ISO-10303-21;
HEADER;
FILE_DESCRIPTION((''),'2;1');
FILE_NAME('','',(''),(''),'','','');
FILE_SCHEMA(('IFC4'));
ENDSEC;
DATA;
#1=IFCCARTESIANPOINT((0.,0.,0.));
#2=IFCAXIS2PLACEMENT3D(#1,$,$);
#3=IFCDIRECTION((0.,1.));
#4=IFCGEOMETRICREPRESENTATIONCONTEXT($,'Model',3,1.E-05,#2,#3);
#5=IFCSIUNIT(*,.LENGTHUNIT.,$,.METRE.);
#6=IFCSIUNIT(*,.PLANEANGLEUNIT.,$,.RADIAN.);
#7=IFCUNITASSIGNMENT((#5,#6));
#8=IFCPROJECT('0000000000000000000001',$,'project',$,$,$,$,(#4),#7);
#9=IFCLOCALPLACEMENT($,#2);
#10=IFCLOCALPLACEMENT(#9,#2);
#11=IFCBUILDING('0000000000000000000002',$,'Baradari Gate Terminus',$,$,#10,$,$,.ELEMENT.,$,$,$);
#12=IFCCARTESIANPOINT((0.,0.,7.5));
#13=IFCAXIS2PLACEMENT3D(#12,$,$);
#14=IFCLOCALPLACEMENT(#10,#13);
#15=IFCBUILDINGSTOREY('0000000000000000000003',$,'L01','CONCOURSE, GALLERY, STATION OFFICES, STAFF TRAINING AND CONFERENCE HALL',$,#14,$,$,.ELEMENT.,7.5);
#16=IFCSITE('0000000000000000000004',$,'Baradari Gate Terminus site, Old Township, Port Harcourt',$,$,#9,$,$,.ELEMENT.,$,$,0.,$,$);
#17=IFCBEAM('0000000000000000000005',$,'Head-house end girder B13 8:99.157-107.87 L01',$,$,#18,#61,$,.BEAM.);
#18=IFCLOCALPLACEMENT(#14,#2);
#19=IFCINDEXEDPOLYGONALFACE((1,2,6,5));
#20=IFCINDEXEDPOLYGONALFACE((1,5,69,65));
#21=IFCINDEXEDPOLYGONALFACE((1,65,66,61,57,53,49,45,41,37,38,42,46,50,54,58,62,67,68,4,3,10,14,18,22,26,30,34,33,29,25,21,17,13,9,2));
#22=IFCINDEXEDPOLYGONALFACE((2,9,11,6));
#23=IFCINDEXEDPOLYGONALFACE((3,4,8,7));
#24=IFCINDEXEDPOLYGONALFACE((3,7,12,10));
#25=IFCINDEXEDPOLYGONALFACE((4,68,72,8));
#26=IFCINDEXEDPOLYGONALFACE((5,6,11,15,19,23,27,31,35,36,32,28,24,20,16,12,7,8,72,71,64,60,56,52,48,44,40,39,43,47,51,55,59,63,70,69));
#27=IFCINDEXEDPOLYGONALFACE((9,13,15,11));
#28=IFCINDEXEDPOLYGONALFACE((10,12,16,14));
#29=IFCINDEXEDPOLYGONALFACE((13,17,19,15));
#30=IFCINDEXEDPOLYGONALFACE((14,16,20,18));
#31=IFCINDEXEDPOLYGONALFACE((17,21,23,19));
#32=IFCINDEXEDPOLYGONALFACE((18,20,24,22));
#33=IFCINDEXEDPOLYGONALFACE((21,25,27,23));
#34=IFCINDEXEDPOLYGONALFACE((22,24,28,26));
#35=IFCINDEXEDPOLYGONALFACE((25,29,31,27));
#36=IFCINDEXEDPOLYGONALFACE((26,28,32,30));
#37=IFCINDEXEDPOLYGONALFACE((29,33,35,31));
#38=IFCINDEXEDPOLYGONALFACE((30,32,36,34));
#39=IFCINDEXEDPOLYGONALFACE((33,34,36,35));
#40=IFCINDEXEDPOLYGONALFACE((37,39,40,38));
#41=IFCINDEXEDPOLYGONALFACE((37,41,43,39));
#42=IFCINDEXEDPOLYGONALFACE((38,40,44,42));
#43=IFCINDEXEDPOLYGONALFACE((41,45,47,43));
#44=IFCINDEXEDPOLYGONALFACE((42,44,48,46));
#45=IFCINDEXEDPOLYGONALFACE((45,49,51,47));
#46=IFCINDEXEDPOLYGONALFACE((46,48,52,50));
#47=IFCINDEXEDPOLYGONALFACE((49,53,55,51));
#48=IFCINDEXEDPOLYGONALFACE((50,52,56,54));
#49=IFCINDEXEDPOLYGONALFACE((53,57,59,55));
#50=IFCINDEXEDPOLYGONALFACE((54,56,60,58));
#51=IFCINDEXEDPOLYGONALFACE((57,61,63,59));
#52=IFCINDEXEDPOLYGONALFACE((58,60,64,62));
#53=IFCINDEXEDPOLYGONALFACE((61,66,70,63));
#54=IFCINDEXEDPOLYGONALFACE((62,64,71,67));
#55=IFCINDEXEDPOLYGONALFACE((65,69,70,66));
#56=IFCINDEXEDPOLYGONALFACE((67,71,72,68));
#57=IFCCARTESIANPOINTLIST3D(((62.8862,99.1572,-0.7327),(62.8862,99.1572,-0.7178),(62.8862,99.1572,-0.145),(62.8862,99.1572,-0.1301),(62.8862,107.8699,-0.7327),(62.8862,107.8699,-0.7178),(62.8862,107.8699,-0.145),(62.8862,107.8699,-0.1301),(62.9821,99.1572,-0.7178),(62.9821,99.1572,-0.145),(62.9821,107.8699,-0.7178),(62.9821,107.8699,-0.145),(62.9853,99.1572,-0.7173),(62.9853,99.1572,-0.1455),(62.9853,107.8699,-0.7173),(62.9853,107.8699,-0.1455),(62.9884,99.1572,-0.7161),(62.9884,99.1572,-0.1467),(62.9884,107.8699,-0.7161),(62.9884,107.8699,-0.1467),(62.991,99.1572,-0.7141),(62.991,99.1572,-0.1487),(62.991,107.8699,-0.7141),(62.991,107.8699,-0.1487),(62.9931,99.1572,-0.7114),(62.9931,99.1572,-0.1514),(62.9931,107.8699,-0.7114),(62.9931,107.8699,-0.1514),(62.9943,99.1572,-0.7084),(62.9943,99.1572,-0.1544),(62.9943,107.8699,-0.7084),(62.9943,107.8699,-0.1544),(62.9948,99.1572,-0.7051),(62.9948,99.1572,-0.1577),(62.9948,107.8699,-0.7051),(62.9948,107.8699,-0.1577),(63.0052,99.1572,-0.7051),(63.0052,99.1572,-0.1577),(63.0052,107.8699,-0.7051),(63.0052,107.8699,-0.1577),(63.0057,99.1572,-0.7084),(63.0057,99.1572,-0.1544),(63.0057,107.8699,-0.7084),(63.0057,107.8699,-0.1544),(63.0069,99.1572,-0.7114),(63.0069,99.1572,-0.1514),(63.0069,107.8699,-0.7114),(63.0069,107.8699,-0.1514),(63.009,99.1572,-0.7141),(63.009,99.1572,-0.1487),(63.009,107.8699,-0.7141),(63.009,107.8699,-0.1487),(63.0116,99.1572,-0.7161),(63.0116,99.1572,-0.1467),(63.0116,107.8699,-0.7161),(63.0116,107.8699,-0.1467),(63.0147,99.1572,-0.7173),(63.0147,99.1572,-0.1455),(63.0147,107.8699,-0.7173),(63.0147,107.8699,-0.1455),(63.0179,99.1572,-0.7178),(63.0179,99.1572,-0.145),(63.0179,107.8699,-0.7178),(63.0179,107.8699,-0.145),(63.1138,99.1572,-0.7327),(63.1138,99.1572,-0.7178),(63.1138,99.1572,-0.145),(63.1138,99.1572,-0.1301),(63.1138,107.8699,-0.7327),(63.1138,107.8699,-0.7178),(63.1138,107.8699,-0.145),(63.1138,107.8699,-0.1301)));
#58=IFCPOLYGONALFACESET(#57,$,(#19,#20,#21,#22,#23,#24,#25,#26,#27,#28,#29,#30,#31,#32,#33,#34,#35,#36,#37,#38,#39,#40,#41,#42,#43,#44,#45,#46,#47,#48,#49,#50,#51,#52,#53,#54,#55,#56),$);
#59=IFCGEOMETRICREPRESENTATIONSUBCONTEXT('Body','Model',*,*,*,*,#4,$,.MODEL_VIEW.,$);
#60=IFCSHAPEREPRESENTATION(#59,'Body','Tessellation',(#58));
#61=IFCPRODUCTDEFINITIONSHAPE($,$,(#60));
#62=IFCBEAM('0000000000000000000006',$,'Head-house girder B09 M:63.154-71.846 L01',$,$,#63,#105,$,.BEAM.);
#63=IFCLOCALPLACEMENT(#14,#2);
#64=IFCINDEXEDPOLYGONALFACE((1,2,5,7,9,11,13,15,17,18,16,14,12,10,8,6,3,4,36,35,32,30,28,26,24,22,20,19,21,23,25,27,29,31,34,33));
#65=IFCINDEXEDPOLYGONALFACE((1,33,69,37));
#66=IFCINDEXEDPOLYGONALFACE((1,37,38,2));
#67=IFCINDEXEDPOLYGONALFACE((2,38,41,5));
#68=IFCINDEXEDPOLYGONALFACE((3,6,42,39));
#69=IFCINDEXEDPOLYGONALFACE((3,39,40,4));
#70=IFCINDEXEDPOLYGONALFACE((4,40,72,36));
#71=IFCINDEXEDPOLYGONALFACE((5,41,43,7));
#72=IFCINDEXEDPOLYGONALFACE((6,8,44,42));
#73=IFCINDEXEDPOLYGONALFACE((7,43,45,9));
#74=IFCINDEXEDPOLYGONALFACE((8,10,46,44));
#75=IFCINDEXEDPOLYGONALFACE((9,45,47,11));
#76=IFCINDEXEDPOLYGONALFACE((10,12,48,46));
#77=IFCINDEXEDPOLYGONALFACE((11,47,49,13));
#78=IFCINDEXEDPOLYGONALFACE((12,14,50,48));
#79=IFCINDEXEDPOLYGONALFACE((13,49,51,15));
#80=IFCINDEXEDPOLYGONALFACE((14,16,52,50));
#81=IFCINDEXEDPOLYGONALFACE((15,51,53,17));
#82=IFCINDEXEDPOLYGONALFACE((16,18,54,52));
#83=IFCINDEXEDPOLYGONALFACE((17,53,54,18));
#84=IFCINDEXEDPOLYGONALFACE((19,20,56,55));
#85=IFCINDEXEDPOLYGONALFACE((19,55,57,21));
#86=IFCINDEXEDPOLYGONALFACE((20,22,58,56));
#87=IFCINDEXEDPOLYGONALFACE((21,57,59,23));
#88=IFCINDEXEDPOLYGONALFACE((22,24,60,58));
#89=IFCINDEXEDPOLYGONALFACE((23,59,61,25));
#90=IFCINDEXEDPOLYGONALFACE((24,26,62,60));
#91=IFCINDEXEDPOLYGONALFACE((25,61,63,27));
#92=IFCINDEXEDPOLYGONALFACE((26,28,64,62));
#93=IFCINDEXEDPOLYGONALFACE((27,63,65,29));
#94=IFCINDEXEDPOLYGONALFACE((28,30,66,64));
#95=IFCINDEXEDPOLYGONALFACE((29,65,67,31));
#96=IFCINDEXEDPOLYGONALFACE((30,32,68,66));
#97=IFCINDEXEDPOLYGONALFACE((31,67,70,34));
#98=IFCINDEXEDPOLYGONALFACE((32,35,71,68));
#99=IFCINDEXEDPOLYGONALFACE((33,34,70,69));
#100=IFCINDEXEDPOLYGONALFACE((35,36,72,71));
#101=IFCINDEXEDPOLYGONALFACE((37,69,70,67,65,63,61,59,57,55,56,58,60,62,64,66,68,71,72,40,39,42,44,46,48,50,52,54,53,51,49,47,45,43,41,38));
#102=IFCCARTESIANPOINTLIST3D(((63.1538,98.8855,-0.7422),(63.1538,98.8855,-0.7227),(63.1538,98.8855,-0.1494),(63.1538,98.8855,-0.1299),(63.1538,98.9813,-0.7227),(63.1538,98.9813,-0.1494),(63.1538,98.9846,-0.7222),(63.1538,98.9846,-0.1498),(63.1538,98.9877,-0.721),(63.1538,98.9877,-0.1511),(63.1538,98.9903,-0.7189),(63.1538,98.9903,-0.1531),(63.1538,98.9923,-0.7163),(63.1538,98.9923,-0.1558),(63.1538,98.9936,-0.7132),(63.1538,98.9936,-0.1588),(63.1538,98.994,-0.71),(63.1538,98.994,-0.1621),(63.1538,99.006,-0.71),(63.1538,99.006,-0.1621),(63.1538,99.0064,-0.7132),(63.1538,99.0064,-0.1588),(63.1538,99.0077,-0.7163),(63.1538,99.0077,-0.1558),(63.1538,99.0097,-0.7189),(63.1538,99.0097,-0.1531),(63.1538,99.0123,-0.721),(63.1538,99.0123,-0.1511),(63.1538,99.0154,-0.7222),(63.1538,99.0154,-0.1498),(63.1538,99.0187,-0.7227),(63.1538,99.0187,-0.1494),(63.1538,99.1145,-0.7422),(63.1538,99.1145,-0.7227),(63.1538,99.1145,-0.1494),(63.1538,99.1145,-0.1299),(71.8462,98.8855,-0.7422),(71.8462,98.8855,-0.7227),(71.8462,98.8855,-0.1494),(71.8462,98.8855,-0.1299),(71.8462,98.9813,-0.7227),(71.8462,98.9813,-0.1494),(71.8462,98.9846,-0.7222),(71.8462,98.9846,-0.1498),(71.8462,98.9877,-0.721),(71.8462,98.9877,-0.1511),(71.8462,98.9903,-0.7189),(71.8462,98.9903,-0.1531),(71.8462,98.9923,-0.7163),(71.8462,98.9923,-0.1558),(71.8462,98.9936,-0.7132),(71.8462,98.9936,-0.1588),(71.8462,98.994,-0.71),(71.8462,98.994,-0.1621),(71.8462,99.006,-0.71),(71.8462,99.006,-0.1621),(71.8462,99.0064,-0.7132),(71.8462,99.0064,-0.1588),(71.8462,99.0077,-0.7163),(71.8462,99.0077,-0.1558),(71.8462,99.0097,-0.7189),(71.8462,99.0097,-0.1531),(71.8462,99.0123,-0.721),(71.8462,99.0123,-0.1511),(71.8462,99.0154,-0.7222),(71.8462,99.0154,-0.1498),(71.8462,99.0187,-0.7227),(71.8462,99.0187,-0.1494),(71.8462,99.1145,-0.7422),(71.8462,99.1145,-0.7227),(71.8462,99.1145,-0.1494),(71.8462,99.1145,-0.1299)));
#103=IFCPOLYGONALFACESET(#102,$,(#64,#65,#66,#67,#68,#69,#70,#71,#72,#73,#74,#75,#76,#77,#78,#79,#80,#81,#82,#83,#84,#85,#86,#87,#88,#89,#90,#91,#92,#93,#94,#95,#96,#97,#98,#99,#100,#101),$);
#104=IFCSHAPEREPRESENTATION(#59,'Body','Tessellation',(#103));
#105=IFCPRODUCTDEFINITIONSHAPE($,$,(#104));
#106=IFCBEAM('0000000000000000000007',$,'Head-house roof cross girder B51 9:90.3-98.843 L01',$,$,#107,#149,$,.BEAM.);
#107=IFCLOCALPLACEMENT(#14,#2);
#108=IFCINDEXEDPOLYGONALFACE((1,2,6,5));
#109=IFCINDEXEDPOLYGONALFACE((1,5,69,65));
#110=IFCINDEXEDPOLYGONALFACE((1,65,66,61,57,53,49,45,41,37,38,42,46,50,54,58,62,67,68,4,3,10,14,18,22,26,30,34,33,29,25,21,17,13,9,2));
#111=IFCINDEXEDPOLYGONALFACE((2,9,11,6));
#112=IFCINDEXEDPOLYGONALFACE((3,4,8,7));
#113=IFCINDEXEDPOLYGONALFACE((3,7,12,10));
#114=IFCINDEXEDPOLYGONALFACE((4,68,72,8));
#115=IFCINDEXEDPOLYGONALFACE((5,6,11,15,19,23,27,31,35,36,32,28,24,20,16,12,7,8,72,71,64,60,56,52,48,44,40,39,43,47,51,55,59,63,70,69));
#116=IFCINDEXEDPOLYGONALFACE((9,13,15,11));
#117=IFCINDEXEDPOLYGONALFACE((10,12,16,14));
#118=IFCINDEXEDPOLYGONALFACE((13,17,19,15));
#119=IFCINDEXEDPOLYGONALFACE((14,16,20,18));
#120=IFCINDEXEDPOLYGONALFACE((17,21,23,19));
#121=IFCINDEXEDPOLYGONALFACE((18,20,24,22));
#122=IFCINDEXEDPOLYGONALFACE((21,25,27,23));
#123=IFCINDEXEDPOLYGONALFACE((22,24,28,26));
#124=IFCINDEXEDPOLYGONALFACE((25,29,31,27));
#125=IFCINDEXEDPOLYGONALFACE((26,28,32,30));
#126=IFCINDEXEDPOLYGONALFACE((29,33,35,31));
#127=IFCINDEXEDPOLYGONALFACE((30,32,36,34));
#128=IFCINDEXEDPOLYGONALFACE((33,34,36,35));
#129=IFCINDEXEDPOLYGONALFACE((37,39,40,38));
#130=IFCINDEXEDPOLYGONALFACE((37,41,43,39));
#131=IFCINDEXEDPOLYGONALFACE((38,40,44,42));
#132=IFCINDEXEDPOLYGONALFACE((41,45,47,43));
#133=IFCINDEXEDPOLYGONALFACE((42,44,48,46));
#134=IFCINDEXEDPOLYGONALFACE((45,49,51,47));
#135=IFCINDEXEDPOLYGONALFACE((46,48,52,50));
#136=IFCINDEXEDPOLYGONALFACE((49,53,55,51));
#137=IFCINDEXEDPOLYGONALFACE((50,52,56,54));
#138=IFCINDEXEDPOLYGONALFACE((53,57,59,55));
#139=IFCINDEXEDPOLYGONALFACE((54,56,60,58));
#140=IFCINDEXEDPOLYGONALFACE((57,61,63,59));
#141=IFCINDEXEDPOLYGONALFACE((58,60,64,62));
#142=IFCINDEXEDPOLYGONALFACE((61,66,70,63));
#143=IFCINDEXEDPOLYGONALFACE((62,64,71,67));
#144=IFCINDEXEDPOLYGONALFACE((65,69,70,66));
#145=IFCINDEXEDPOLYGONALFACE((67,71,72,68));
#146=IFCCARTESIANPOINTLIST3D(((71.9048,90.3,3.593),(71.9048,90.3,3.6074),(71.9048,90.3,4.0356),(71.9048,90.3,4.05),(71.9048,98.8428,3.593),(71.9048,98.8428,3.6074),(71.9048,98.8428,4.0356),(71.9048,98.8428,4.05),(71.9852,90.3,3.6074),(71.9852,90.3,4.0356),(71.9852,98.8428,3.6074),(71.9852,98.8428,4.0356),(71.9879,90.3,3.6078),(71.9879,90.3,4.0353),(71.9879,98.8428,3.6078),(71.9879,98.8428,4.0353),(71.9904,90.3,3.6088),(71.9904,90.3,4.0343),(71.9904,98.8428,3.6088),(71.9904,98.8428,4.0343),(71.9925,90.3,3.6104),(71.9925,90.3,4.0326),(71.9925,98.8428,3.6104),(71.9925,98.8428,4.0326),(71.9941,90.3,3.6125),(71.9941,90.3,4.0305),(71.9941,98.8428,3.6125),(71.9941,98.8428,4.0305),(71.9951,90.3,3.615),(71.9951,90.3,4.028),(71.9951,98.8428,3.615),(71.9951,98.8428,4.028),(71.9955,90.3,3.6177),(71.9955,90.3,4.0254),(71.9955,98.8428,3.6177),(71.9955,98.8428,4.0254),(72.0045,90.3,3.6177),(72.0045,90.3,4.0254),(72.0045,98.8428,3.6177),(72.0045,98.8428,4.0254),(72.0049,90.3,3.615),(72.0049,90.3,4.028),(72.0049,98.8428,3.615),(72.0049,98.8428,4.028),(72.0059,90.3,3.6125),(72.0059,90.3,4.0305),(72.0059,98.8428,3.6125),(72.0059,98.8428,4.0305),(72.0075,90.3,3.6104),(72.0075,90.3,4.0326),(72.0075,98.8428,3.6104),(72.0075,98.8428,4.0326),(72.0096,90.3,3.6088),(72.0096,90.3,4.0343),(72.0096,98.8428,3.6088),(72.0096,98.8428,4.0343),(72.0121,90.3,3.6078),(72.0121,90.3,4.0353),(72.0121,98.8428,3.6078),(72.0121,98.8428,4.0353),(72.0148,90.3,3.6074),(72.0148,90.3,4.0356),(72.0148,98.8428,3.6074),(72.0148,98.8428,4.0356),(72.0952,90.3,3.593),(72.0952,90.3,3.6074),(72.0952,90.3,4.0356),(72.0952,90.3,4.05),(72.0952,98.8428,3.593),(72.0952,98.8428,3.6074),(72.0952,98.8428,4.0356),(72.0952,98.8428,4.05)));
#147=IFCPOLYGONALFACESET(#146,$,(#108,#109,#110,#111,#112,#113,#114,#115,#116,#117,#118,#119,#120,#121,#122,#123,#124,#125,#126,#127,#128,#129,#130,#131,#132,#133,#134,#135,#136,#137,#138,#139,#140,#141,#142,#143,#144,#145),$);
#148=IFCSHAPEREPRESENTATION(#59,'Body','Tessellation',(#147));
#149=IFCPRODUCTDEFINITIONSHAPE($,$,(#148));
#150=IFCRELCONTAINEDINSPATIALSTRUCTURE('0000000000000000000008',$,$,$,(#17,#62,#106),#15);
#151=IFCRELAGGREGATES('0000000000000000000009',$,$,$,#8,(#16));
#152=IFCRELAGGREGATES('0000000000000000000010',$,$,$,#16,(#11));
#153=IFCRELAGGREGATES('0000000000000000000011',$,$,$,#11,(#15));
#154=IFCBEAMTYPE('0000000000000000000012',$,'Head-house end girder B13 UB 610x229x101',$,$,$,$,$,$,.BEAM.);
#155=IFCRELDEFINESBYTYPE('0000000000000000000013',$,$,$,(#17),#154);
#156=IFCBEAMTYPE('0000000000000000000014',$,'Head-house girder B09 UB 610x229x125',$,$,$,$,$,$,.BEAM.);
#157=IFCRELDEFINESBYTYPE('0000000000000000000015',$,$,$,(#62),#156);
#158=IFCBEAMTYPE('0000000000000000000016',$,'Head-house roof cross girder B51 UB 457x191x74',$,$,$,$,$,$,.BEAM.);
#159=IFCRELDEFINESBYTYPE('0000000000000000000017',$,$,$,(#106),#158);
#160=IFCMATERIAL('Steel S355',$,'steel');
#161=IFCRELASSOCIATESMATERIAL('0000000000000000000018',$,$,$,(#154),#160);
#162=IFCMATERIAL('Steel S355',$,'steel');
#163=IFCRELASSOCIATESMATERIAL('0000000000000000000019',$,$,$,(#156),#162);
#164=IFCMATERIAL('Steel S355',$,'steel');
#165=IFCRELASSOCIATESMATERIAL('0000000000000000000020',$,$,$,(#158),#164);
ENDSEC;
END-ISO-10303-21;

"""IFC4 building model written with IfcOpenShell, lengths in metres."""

from ifc_helpers import new_model, si_unit, direction, frame, origin, origin_2d, place, context, subcontext, project, spatial, i_section, extrude, material, material_profile, profile_set, type_object, element, save


model = new_model("IFC4")

# Units and contexts
model_context = context("Model", 3, precision=1e-05, world=origin(), true_north=direction((0.0, 1.0)))
body_context = subcontext(model_context, "Body", "Model", "MODEL_VIEW")
ifc_project = project(units=[si_unit("LENGTHUNIT", "METRE"), si_unit("PLANEANGLEUNIT", "RADIAN")], contexts=[model_context])

# Site, building, storey
site_placement = place(None, origin())
site = spatial("IfcSite", under=ifc_project, at=site_placement, Name="Baradari Gate Terminus site, Old Township, Port Harcourt", CompositionType="ELEMENT", RefElevation=0.0)
building_placement = place(site_placement, origin())
building = spatial("IfcBuilding", under=site, at=building_placement, Name="Baradari Gate Terminus", CompositionType="ELEMENT")
storey_placement = place(building_placement, frame((0.0, 0.0, 7.5)))
storey = spatial("IfcBuildingStorey", under=building, at=storey_placement, Name="L01", Description="CONCOURSE, GALLERY, STATION OFFICES, STAFF TRAINING AND CONFERENCE HALL", CompositionType="ELEMENT", Elevation=7.5)

# Beams
ifc_material_1 = material(Name="Steel S355", Category="steel")
ifc_material_profile_1 = material_profile(ifc_material_1, i_section(OverallWidth=0.2275, OverallDepth=0.6025, WebThickness=0.0105, FlangeThickness=0.0149, FilletRadius=0.0127, at=origin_2d()), Name="UB 610x229x101")
ifc_profile_set_1 = profile_set([ifc_material_profile_1], Name="Steel S355")
beam_type_1 = type_object("IfcBeamType", Name="Head-house end girder B13 UB 610x229x101", PredefinedType="BEAM", material=ifc_profile_set_1)
beam_1_placement = place(storey_placement, frame((63.0, 99.1572, -0.4314), z_axis=(0.0, 1.0, 0.0), x_axis=(-1.0, 0.0, 0.0)))
element("IfcBeam", 1, at=beam_1_placement, inside=storey, type_object=beam_type_1, Name="Head-house end girder B13 8:99.157-107.87 L01", PredefinedType="BEAM", context=body_context, shape_type="SweptSolid", body=[
    extrude(i_section(OverallWidth=0.2275, OverallDepth=0.6025, WebThickness=0.0105, FlangeThickness=0.0149, FilletRadius=0.0127, at=origin_2d()), origin(), (0.0, 0.0, 1.0), 8.7126),
])
ifc_material_2 = material(Name="Steel S355", Category="steel")
ifc_material_profile_2 = material_profile(ifc_material_2, i_section(OverallWidth=0.229, OverallDepth=0.6123, WebThickness=0.012, FlangeThickness=0.0195, FilletRadius=0.0127, at=origin_2d()), Name="UB 610x229x125")
ifc_profile_set_2 = profile_set([ifc_material_profile_2], Name="Steel S355")
beam_type_2 = type_object("IfcBeamType", Name="Head-house girder B09 UB 610x229x125", PredefinedType="BEAM", material=ifc_profile_set_2)
beam_2_placement = place(storey_placement, frame((63.1538, 99.0, -0.436), z_axis=(1.0, 0.0, 0.0), x_axis=(0.0, 1.0, 0.0)))
element("IfcBeam", 2, at=beam_2_placement, inside=storey, type_object=beam_type_2, Name="Head-house girder B09 M:63.154-71.846 L01", PredefinedType="BEAM", context=body_context, shape_type="SweptSolid", body=[
    extrude(i_section(OverallWidth=0.229, OverallDepth=0.6123, WebThickness=0.012, FlangeThickness=0.0195, FilletRadius=0.0127, at=origin_2d()), origin(), (0.0, 0.0, 1.0), 8.6924),
])
ifc_material_3 = material(Name="Steel S355", Category="steel")
ifc_material_profile_3 = material_profile(ifc_material_3, i_section(OverallWidth=0.1904, OverallDepth=0.457, WebThickness=0.009, FlangeThickness=0.0144, FilletRadius=0.0103, at=origin_2d()), Name="UB 457x191x74")
ifc_profile_set_3 = profile_set([ifc_material_profile_3], Name="Steel S355")
beam_type_3 = type_object("IfcBeamType", Name="Head-house roof cross girder B51 UB 457x191x74", PredefinedType="BEAM", material=ifc_profile_set_3)
beam_3_placement = place(storey_placement, frame((72.0, 90.3, 3.8215), z_axis=(0.0, 1.0, 0.0), x_axis=(-1.0, 0.0, 0.0)))
element("IfcBeam", 3, at=beam_3_placement, inside=storey, type_object=beam_type_3, Name="Head-house roof cross girder B51 9:90.3-98.843 L01", PredefinedType="BEAM", context=body_context, shape_type="SweptSolid", body=[
    extrude(i_section(OverallWidth=0.1904, OverallDepth=0.457, WebThickness=0.009, FlangeThickness=0.0144, FilletRadius=0.0103, at=origin_2d()), origin(), (0.0, 0.0, 1.0), 8.5427),
])

save(model, "model.ifc")
